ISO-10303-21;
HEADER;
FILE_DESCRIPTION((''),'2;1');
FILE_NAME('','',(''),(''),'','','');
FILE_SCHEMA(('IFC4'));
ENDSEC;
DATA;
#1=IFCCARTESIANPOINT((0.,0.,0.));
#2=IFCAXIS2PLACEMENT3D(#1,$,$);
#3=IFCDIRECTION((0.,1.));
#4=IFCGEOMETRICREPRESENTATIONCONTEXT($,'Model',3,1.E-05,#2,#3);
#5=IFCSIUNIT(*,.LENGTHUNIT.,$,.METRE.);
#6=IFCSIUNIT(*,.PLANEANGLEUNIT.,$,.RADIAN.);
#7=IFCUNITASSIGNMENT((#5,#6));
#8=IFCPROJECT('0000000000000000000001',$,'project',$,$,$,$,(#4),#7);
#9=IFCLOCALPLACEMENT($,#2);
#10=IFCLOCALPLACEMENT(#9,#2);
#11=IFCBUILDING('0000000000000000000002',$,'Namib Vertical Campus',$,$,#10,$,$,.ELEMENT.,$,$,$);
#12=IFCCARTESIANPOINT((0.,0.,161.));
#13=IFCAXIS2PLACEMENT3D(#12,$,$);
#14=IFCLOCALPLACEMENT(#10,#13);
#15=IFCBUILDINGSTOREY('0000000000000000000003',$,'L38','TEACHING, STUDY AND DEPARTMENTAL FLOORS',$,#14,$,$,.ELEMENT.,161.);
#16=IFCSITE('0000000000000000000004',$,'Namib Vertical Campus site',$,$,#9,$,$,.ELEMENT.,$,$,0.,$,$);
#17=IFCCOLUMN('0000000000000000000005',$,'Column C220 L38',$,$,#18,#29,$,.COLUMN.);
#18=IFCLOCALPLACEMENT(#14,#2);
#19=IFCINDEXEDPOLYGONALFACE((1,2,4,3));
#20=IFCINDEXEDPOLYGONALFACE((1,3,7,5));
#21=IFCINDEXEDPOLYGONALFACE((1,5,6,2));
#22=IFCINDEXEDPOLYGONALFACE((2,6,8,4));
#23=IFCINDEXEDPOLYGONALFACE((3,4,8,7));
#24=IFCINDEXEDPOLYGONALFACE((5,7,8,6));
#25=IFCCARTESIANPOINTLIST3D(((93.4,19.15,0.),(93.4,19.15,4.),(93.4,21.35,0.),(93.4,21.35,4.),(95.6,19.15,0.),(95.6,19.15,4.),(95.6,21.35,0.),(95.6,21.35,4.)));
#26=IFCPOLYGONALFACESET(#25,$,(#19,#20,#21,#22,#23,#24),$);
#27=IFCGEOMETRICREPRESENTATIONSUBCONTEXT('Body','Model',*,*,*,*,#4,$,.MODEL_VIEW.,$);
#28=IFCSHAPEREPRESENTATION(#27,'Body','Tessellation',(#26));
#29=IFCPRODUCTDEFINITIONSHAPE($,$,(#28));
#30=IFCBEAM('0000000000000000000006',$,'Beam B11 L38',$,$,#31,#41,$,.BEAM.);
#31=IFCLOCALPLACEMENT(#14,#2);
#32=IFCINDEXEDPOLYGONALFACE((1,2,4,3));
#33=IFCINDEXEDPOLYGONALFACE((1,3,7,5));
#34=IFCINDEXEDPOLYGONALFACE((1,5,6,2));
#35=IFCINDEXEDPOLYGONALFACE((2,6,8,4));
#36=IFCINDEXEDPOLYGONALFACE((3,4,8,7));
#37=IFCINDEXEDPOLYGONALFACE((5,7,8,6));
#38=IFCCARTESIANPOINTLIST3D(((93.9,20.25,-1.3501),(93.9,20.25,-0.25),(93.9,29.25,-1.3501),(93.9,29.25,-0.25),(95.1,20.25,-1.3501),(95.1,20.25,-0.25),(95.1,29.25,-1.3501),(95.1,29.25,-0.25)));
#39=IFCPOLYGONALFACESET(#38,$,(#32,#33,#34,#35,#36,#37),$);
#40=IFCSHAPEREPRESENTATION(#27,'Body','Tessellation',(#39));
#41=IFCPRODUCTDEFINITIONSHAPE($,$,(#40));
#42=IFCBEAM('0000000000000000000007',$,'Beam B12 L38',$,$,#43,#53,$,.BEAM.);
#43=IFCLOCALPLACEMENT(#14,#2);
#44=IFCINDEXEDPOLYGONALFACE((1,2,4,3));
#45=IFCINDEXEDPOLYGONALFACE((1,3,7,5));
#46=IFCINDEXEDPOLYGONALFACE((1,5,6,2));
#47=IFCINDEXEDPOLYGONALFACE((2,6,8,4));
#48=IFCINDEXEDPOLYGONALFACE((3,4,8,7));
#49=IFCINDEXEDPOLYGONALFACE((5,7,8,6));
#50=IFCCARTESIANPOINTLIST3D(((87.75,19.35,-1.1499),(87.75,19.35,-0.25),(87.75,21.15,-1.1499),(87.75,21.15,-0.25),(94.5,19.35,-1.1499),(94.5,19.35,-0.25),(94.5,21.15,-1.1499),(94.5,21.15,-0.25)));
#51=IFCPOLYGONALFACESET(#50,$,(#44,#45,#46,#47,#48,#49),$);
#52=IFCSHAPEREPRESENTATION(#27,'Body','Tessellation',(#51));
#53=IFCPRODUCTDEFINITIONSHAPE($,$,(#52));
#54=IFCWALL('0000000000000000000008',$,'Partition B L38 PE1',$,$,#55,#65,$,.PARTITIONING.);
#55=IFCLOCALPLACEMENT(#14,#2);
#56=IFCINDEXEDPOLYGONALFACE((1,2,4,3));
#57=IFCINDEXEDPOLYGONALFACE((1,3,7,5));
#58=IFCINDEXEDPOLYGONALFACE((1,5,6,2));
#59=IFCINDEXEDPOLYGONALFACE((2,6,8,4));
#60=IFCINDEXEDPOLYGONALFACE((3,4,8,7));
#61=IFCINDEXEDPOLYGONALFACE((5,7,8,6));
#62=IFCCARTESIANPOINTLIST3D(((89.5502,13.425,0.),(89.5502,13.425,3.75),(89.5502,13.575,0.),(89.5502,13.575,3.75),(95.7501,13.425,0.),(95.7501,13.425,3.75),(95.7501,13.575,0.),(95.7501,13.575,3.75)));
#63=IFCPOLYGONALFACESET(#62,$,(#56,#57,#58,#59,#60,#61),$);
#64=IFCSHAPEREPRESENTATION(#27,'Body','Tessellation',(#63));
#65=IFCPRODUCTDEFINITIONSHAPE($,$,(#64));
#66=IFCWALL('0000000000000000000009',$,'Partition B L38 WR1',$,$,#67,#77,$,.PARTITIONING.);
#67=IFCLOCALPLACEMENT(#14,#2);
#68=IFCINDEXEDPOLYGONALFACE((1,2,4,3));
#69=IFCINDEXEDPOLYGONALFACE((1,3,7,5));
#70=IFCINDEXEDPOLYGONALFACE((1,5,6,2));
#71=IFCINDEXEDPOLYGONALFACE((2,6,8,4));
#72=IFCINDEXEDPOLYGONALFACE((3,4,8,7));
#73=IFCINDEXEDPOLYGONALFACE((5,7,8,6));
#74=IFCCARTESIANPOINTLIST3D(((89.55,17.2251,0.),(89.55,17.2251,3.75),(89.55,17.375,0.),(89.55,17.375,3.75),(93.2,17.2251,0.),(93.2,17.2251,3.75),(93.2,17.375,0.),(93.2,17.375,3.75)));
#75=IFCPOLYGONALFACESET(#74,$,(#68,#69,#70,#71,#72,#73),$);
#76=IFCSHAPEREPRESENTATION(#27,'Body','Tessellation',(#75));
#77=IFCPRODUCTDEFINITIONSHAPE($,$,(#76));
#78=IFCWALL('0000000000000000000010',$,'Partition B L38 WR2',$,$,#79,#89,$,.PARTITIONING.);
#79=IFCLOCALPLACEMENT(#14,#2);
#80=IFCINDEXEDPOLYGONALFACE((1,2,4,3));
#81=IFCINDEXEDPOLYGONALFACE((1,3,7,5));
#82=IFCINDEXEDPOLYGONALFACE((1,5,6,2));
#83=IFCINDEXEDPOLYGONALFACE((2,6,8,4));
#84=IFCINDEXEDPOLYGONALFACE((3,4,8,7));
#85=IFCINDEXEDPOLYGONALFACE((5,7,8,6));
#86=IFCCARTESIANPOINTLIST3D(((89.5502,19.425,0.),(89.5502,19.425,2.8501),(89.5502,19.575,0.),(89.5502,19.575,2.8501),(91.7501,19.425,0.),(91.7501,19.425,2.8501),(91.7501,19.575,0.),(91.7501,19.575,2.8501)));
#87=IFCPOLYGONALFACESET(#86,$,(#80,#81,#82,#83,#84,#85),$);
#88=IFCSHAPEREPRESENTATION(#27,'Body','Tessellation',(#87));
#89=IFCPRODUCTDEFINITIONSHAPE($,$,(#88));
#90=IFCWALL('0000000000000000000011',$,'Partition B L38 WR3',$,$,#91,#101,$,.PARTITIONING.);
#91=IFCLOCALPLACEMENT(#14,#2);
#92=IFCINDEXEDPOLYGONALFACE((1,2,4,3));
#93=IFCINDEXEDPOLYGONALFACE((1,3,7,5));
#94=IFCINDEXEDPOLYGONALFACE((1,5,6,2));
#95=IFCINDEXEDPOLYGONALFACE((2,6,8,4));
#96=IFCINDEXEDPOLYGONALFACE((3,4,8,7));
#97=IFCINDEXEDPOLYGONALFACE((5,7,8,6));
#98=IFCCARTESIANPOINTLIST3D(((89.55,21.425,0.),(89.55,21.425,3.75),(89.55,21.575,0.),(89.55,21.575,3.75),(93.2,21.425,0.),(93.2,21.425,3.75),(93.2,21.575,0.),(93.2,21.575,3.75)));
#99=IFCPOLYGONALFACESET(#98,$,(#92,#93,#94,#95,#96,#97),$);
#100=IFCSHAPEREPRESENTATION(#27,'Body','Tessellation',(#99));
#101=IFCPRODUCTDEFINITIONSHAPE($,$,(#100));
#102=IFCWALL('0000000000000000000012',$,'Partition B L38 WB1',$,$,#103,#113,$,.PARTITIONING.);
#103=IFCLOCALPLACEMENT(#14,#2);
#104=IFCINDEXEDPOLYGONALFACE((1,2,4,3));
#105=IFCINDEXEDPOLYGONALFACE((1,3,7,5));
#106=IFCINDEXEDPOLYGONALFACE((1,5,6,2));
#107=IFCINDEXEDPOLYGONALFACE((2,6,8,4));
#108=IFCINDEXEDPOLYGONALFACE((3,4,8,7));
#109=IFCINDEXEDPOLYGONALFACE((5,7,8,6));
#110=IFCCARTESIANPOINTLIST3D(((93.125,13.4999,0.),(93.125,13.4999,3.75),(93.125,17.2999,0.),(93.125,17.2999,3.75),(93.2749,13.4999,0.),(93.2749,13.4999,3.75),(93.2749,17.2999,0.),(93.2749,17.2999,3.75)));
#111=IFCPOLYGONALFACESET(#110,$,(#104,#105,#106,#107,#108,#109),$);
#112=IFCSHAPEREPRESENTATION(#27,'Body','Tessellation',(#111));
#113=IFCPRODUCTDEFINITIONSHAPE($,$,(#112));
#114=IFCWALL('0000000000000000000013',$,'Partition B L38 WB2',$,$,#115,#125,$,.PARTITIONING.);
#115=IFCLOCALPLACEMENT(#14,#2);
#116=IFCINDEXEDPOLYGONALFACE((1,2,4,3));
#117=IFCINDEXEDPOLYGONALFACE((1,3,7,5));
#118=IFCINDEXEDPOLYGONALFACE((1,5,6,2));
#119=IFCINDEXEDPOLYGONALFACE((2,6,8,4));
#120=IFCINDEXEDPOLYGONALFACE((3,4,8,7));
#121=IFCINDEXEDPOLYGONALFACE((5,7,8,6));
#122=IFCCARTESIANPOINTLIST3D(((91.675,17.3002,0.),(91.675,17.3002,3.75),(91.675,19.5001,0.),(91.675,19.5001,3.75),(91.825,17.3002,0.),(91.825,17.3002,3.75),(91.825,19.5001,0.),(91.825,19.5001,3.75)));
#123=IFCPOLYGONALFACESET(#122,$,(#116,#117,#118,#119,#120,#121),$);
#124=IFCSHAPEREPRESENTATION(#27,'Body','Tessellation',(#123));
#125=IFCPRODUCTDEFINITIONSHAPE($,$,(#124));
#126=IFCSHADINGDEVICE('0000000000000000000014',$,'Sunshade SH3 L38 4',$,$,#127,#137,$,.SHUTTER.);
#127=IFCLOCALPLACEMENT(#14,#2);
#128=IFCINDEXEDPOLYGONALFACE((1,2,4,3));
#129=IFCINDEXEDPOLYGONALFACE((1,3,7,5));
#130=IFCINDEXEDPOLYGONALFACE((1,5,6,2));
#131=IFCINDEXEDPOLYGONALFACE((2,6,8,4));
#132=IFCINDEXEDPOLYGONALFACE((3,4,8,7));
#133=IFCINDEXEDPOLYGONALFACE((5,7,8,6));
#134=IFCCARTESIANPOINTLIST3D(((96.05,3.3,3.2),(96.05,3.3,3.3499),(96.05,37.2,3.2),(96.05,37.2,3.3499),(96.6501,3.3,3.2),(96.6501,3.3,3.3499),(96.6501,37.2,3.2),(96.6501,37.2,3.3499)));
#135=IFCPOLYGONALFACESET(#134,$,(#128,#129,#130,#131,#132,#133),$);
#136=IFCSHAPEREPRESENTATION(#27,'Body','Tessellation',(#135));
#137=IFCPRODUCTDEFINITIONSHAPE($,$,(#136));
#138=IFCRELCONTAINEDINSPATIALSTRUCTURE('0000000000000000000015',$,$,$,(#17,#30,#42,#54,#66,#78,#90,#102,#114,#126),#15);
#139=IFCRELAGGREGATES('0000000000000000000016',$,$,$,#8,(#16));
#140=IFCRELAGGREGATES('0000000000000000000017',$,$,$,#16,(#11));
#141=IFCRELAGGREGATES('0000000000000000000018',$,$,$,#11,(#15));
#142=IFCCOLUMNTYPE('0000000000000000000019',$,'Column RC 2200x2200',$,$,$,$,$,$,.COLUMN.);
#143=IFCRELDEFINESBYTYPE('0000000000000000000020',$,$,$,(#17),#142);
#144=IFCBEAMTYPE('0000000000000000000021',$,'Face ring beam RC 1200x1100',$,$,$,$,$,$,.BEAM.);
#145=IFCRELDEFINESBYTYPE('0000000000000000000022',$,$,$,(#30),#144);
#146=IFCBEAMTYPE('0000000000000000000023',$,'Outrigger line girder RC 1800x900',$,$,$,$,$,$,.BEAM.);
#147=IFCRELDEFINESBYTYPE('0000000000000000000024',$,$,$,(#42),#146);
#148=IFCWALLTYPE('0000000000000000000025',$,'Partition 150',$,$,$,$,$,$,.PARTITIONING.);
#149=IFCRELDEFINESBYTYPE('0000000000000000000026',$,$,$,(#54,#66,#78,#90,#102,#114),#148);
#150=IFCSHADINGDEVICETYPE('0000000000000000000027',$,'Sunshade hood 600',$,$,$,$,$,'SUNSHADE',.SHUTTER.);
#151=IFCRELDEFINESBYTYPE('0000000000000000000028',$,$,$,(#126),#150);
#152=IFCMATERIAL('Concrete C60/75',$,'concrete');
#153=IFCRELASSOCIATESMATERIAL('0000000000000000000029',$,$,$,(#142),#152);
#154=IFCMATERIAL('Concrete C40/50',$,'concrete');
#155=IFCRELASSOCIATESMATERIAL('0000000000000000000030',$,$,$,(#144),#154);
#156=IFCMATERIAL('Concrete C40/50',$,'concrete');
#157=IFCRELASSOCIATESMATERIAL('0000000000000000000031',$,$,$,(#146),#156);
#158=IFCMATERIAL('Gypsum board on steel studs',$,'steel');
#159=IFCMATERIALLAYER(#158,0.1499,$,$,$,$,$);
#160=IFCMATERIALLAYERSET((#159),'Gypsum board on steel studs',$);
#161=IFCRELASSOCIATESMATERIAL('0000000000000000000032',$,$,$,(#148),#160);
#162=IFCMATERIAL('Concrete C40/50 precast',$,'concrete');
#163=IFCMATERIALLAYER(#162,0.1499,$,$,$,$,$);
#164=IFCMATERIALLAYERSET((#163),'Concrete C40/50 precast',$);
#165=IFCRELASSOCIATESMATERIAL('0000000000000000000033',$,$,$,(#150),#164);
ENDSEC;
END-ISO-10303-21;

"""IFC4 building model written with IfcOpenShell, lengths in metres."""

from ifc_helpers import new_model, si_unit, direction, frame, frame_2d, origin, origin_2d, place, context, subcontext, project, spatial, rectangle, extrude, material, layer, layer_set, material_profile, profile_set, type_object, element, save


model = new_model("IFC4")

# Units and contexts
model_context = context("Model", 3, precision=1e-05, world=origin(), true_north=direction((0.0, 1.0)))
body_context = subcontext(model_context, "Body", "Model", "MODEL_VIEW")
ifc_project = project(units=[si_unit("LENGTHUNIT", "METRE"), si_unit("PLANEANGLEUNIT", "RADIAN")], contexts=[model_context])

# Site, building, storey
site_placement = place(None, origin())
site = spatial("IfcSite", under=ifc_project, at=site_placement, Name="Namib Vertical Campus site", CompositionType="ELEMENT", RefElevation=0.0)
building_placement = place(site_placement, origin())
building = spatial("IfcBuilding", under=site, at=building_placement, Name="Namib Vertical Campus", CompositionType="ELEMENT")
storey_placement = place(building_placement, frame((0.0, 0.0, 161.0)))
storey = spatial("IfcBuildingStorey", under=building, at=storey_placement, Name="L38", Description="TEACHING, STUDY AND DEPARTMENTAL FLOORS", CompositionType="ELEMENT", Elevation=161.0)

# Column
ifc_material_1 = material(Name="Concrete C60/75", Category="concrete")
ifc_material_profile_1 = material_profile(ifc_material_1, rectangle(XDim=2.2, YDim=2.2, at=origin_2d()))
ifc_profile_set_1 = profile_set([ifc_material_profile_1], Name="Concrete C60/75")
column_type = type_object("IfcColumnType", Name="Column RC 2200x2200", PredefinedType="COLUMN", material=ifc_profile_set_1)
column_placement = place(storey_placement, frame((94.5, 20.25, 0.0), z_axis=(0.0, 0.0, 1.0), x_axis=(1.0, 0.0, 0.0)))
element("IfcColumn", 1, at=column_placement, inside=storey, type_object=column_type, Name="Column C220 L38", PredefinedType="COLUMN", context=body_context, shape_type="SweptSolid", body=[
    extrude(rectangle(XDim=2.2, YDim=2.2, at=origin_2d()), origin(), (0.0, 0.0, 1.0), 4.0),
])

# Beams
ifc_material_2 = material(Name="Concrete C40/50", Category="concrete")
ifc_material_profile_2 = material_profile(ifc_material_2, rectangle(XDim=1.2, YDim=1.1001, at=origin_2d()))
ifc_profile_set_2 = profile_set([ifc_material_profile_2], Name="Concrete C40/50")
beam_type_1 = type_object("IfcBeamType", Name="Face ring beam RC 1200x1100", PredefinedType="BEAM", material=ifc_profile_set_2)
beam_1_placement = place(storey_placement, frame((94.5, 20.25, -0.8), z_axis=(0.0, 1.0, 0.0), x_axis=(-1.0, 0.0, 0.0)))
element("IfcBeam", 2, at=beam_1_placement, inside=storey, type_object=beam_type_1, Name="Beam B11 L38", PredefinedType="BEAM", context=body_context, shape_type="SweptSolid", body=[
    extrude(rectangle(XDim=1.2, YDim=1.1001, at=origin_2d()), origin(), (0.0, 0.0, 1.0), 9.0),
])
ifc_material_3 = material(Name="Concrete C40/50", Category="concrete")
ifc_material_profile_3 = material_profile(ifc_material_3, rectangle(XDim=1.8, YDim=0.8999, at=origin_2d()))
ifc_profile_set_3 = profile_set([ifc_material_profile_3], Name="Concrete C40/50")
beam_type_2 = type_object("IfcBeamType", Name="Outrigger line girder RC 1800x900", PredefinedType="BEAM", material=ifc_profile_set_3)
beam_2_placement = place(storey_placement, frame((94.5, 20.25, -0.7), z_axis=(-1.0, 0.0, 0.0), x_axis=(0.0, -1.0, 0.0)))
element("IfcBeam", 3, at=beam_2_placement, inside=storey, type_object=beam_type_2, Name="Beam B12 L38", PredefinedType="BEAM", context=body_context, shape_type="SweptSolid", body=[
    extrude(rectangle(XDim=1.8, YDim=0.8999, at=origin_2d()), origin(), (0.0, 0.0, 1.0), 6.75),
])

# Walls
ifc_material_4 = material(Name="Gypsum board on steel studs", Category="steel")
ifc_layer_1 = layer(ifc_material_4, 0.1499)
ifc_layer_set_1 = layer_set([ifc_layer_1], Name="Gypsum board on steel studs")
wall_type = type_object("IfcWallType", Name="Partition 150", PredefinedType="PARTITIONING", material=ifc_layer_set_1)
wall_1_placement = place(storey_placement, frame((89.55, 13.5, 0.0), z_axis=(0.0, 0.0, 1.0), x_axis=(1.0, 0.0, 0.0)))
element("IfcWall", 4, at=wall_1_placement, inside=storey, type_object=wall_type, Name="Partition B L38 PE1", PredefinedType="PARTITIONING", context=body_context, shape_type="SweptSolid", body=[
    extrude(rectangle(XDim=6.2, YDim=0.1499, at=frame_2d((3.1001, 0.0))), origin(), (0.0, 0.0, 1.0), 3.75),
])
wall_2_placement = place(storey_placement, frame((89.55, 17.3, 0.0), z_axis=(0.0, 0.0, 1.0), x_axis=(1.0, 0.0, 0.0)))
element("IfcWall", 5, at=wall_2_placement, inside=storey, type_object=wall_type, Name="Partition B L38 WR1", PredefinedType="PARTITIONING", context=body_context, shape_type="SweptSolid", body=[
    extrude(rectangle(XDim=3.6499, YDim=0.1499, at=frame_2d((1.825, 0.0))), origin(), (0.0, 0.0, 1.0), 3.75),
])
wall_3_placement = place(storey_placement, frame((89.55, 19.5, 0.0), z_axis=(0.0, 0.0, 1.0), x_axis=(1.0, 0.0, 0.0)))
element("IfcWall", 6, at=wall_3_placement, inside=storey, type_object=wall_type, Name="Partition B L38 WR2", PredefinedType="PARTITIONING", context=body_context, shape_type="SweptSolid", body=[
    extrude(rectangle(XDim=2.2, YDim=0.1499, at=frame_2d((1.1001, 0.0))), origin(), (0.0, 0.0, 1.0), 2.8501),
])
wall_4_placement = place(storey_placement, frame((89.55, 21.5, 0.0), z_axis=(0.0, 0.0, 1.0), x_axis=(1.0, 0.0, 0.0)))
element("IfcWall", 7, at=wall_4_placement, inside=storey, type_object=wall_type, Name="Partition B L38 WR3", PredefinedType="PARTITIONING", context=body_context, shape_type="SweptSolid", body=[
    extrude(rectangle(XDim=3.6499, YDim=0.1499, at=frame_2d((1.825, 0.0))), origin(), (0.0, 0.0, 1.0), 3.75),
])
wall_5_placement = place(storey_placement, frame((93.2, 13.5, 0.0), z_axis=(0.0, 0.0, 1.0), x_axis=(0.0, 1.0, 0.0)))
element("IfcWall", 8, at=wall_5_placement, inside=storey, type_object=wall_type, Name="Partition B L38 WB1", PredefinedType="PARTITIONING", context=body_context, shape_type="SweptSolid", body=[
    extrude(rectangle(XDim=3.8, YDim=0.1499, at=frame_2d((1.8999, 0.0))), origin(), (0.0, 0.0, 1.0), 3.75),
])
wall_6_placement = place(storey_placement, frame((91.75, 17.3, 0.0), z_axis=(0.0, 0.0, 1.0), x_axis=(0.0, 1.0, 0.0)))
element("IfcWall", 9, at=wall_6_placement, inside=storey, type_object=wall_type, Name="Partition B L38 WB2", PredefinedType="PARTITIONING", context=body_context, shape_type="SweptSolid", body=[
    extrude(rectangle(XDim=2.2, YDim=0.1499, at=frame_2d((1.1001, 0.0))), origin(), (0.0, 0.0, 1.0), 3.75),
])

# Shading device
ifc_material_5 = material(Name="Concrete C40/50 precast", Category="concrete")
ifc_layer_2 = layer(ifc_material_5, 0.1499)
ifc_layer_set_2 = layer_set([ifc_layer_2], Name="Concrete C40/50 precast")
shading_device_type = type_object("IfcShadingDeviceType", Name="Sunshade hood 600", ElementType="SUNSHADE", PredefinedType="SHUTTER", material=ifc_layer_set_2)
shading_device_placement = place(storey_placement, frame((96.3501, 20.25, 3.2), z_axis=(0.0, 0.0, 1.0), x_axis=(0.0, 1.0, 0.0)))
element("IfcShadingDevice", 10, at=shading_device_placement, inside=storey, type_object=shading_device_type, Name="Sunshade SH3 L38 4", PredefinedType="SHUTTER", context=body_context, shape_type="SweptSolid", body=[
    extrude(rectangle(XDim=33.8999, YDim=0.6001, at=origin_2d()), origin(), (0.0, 0.0, 1.0), 0.1499),
])

save(model, "model.ifc")
